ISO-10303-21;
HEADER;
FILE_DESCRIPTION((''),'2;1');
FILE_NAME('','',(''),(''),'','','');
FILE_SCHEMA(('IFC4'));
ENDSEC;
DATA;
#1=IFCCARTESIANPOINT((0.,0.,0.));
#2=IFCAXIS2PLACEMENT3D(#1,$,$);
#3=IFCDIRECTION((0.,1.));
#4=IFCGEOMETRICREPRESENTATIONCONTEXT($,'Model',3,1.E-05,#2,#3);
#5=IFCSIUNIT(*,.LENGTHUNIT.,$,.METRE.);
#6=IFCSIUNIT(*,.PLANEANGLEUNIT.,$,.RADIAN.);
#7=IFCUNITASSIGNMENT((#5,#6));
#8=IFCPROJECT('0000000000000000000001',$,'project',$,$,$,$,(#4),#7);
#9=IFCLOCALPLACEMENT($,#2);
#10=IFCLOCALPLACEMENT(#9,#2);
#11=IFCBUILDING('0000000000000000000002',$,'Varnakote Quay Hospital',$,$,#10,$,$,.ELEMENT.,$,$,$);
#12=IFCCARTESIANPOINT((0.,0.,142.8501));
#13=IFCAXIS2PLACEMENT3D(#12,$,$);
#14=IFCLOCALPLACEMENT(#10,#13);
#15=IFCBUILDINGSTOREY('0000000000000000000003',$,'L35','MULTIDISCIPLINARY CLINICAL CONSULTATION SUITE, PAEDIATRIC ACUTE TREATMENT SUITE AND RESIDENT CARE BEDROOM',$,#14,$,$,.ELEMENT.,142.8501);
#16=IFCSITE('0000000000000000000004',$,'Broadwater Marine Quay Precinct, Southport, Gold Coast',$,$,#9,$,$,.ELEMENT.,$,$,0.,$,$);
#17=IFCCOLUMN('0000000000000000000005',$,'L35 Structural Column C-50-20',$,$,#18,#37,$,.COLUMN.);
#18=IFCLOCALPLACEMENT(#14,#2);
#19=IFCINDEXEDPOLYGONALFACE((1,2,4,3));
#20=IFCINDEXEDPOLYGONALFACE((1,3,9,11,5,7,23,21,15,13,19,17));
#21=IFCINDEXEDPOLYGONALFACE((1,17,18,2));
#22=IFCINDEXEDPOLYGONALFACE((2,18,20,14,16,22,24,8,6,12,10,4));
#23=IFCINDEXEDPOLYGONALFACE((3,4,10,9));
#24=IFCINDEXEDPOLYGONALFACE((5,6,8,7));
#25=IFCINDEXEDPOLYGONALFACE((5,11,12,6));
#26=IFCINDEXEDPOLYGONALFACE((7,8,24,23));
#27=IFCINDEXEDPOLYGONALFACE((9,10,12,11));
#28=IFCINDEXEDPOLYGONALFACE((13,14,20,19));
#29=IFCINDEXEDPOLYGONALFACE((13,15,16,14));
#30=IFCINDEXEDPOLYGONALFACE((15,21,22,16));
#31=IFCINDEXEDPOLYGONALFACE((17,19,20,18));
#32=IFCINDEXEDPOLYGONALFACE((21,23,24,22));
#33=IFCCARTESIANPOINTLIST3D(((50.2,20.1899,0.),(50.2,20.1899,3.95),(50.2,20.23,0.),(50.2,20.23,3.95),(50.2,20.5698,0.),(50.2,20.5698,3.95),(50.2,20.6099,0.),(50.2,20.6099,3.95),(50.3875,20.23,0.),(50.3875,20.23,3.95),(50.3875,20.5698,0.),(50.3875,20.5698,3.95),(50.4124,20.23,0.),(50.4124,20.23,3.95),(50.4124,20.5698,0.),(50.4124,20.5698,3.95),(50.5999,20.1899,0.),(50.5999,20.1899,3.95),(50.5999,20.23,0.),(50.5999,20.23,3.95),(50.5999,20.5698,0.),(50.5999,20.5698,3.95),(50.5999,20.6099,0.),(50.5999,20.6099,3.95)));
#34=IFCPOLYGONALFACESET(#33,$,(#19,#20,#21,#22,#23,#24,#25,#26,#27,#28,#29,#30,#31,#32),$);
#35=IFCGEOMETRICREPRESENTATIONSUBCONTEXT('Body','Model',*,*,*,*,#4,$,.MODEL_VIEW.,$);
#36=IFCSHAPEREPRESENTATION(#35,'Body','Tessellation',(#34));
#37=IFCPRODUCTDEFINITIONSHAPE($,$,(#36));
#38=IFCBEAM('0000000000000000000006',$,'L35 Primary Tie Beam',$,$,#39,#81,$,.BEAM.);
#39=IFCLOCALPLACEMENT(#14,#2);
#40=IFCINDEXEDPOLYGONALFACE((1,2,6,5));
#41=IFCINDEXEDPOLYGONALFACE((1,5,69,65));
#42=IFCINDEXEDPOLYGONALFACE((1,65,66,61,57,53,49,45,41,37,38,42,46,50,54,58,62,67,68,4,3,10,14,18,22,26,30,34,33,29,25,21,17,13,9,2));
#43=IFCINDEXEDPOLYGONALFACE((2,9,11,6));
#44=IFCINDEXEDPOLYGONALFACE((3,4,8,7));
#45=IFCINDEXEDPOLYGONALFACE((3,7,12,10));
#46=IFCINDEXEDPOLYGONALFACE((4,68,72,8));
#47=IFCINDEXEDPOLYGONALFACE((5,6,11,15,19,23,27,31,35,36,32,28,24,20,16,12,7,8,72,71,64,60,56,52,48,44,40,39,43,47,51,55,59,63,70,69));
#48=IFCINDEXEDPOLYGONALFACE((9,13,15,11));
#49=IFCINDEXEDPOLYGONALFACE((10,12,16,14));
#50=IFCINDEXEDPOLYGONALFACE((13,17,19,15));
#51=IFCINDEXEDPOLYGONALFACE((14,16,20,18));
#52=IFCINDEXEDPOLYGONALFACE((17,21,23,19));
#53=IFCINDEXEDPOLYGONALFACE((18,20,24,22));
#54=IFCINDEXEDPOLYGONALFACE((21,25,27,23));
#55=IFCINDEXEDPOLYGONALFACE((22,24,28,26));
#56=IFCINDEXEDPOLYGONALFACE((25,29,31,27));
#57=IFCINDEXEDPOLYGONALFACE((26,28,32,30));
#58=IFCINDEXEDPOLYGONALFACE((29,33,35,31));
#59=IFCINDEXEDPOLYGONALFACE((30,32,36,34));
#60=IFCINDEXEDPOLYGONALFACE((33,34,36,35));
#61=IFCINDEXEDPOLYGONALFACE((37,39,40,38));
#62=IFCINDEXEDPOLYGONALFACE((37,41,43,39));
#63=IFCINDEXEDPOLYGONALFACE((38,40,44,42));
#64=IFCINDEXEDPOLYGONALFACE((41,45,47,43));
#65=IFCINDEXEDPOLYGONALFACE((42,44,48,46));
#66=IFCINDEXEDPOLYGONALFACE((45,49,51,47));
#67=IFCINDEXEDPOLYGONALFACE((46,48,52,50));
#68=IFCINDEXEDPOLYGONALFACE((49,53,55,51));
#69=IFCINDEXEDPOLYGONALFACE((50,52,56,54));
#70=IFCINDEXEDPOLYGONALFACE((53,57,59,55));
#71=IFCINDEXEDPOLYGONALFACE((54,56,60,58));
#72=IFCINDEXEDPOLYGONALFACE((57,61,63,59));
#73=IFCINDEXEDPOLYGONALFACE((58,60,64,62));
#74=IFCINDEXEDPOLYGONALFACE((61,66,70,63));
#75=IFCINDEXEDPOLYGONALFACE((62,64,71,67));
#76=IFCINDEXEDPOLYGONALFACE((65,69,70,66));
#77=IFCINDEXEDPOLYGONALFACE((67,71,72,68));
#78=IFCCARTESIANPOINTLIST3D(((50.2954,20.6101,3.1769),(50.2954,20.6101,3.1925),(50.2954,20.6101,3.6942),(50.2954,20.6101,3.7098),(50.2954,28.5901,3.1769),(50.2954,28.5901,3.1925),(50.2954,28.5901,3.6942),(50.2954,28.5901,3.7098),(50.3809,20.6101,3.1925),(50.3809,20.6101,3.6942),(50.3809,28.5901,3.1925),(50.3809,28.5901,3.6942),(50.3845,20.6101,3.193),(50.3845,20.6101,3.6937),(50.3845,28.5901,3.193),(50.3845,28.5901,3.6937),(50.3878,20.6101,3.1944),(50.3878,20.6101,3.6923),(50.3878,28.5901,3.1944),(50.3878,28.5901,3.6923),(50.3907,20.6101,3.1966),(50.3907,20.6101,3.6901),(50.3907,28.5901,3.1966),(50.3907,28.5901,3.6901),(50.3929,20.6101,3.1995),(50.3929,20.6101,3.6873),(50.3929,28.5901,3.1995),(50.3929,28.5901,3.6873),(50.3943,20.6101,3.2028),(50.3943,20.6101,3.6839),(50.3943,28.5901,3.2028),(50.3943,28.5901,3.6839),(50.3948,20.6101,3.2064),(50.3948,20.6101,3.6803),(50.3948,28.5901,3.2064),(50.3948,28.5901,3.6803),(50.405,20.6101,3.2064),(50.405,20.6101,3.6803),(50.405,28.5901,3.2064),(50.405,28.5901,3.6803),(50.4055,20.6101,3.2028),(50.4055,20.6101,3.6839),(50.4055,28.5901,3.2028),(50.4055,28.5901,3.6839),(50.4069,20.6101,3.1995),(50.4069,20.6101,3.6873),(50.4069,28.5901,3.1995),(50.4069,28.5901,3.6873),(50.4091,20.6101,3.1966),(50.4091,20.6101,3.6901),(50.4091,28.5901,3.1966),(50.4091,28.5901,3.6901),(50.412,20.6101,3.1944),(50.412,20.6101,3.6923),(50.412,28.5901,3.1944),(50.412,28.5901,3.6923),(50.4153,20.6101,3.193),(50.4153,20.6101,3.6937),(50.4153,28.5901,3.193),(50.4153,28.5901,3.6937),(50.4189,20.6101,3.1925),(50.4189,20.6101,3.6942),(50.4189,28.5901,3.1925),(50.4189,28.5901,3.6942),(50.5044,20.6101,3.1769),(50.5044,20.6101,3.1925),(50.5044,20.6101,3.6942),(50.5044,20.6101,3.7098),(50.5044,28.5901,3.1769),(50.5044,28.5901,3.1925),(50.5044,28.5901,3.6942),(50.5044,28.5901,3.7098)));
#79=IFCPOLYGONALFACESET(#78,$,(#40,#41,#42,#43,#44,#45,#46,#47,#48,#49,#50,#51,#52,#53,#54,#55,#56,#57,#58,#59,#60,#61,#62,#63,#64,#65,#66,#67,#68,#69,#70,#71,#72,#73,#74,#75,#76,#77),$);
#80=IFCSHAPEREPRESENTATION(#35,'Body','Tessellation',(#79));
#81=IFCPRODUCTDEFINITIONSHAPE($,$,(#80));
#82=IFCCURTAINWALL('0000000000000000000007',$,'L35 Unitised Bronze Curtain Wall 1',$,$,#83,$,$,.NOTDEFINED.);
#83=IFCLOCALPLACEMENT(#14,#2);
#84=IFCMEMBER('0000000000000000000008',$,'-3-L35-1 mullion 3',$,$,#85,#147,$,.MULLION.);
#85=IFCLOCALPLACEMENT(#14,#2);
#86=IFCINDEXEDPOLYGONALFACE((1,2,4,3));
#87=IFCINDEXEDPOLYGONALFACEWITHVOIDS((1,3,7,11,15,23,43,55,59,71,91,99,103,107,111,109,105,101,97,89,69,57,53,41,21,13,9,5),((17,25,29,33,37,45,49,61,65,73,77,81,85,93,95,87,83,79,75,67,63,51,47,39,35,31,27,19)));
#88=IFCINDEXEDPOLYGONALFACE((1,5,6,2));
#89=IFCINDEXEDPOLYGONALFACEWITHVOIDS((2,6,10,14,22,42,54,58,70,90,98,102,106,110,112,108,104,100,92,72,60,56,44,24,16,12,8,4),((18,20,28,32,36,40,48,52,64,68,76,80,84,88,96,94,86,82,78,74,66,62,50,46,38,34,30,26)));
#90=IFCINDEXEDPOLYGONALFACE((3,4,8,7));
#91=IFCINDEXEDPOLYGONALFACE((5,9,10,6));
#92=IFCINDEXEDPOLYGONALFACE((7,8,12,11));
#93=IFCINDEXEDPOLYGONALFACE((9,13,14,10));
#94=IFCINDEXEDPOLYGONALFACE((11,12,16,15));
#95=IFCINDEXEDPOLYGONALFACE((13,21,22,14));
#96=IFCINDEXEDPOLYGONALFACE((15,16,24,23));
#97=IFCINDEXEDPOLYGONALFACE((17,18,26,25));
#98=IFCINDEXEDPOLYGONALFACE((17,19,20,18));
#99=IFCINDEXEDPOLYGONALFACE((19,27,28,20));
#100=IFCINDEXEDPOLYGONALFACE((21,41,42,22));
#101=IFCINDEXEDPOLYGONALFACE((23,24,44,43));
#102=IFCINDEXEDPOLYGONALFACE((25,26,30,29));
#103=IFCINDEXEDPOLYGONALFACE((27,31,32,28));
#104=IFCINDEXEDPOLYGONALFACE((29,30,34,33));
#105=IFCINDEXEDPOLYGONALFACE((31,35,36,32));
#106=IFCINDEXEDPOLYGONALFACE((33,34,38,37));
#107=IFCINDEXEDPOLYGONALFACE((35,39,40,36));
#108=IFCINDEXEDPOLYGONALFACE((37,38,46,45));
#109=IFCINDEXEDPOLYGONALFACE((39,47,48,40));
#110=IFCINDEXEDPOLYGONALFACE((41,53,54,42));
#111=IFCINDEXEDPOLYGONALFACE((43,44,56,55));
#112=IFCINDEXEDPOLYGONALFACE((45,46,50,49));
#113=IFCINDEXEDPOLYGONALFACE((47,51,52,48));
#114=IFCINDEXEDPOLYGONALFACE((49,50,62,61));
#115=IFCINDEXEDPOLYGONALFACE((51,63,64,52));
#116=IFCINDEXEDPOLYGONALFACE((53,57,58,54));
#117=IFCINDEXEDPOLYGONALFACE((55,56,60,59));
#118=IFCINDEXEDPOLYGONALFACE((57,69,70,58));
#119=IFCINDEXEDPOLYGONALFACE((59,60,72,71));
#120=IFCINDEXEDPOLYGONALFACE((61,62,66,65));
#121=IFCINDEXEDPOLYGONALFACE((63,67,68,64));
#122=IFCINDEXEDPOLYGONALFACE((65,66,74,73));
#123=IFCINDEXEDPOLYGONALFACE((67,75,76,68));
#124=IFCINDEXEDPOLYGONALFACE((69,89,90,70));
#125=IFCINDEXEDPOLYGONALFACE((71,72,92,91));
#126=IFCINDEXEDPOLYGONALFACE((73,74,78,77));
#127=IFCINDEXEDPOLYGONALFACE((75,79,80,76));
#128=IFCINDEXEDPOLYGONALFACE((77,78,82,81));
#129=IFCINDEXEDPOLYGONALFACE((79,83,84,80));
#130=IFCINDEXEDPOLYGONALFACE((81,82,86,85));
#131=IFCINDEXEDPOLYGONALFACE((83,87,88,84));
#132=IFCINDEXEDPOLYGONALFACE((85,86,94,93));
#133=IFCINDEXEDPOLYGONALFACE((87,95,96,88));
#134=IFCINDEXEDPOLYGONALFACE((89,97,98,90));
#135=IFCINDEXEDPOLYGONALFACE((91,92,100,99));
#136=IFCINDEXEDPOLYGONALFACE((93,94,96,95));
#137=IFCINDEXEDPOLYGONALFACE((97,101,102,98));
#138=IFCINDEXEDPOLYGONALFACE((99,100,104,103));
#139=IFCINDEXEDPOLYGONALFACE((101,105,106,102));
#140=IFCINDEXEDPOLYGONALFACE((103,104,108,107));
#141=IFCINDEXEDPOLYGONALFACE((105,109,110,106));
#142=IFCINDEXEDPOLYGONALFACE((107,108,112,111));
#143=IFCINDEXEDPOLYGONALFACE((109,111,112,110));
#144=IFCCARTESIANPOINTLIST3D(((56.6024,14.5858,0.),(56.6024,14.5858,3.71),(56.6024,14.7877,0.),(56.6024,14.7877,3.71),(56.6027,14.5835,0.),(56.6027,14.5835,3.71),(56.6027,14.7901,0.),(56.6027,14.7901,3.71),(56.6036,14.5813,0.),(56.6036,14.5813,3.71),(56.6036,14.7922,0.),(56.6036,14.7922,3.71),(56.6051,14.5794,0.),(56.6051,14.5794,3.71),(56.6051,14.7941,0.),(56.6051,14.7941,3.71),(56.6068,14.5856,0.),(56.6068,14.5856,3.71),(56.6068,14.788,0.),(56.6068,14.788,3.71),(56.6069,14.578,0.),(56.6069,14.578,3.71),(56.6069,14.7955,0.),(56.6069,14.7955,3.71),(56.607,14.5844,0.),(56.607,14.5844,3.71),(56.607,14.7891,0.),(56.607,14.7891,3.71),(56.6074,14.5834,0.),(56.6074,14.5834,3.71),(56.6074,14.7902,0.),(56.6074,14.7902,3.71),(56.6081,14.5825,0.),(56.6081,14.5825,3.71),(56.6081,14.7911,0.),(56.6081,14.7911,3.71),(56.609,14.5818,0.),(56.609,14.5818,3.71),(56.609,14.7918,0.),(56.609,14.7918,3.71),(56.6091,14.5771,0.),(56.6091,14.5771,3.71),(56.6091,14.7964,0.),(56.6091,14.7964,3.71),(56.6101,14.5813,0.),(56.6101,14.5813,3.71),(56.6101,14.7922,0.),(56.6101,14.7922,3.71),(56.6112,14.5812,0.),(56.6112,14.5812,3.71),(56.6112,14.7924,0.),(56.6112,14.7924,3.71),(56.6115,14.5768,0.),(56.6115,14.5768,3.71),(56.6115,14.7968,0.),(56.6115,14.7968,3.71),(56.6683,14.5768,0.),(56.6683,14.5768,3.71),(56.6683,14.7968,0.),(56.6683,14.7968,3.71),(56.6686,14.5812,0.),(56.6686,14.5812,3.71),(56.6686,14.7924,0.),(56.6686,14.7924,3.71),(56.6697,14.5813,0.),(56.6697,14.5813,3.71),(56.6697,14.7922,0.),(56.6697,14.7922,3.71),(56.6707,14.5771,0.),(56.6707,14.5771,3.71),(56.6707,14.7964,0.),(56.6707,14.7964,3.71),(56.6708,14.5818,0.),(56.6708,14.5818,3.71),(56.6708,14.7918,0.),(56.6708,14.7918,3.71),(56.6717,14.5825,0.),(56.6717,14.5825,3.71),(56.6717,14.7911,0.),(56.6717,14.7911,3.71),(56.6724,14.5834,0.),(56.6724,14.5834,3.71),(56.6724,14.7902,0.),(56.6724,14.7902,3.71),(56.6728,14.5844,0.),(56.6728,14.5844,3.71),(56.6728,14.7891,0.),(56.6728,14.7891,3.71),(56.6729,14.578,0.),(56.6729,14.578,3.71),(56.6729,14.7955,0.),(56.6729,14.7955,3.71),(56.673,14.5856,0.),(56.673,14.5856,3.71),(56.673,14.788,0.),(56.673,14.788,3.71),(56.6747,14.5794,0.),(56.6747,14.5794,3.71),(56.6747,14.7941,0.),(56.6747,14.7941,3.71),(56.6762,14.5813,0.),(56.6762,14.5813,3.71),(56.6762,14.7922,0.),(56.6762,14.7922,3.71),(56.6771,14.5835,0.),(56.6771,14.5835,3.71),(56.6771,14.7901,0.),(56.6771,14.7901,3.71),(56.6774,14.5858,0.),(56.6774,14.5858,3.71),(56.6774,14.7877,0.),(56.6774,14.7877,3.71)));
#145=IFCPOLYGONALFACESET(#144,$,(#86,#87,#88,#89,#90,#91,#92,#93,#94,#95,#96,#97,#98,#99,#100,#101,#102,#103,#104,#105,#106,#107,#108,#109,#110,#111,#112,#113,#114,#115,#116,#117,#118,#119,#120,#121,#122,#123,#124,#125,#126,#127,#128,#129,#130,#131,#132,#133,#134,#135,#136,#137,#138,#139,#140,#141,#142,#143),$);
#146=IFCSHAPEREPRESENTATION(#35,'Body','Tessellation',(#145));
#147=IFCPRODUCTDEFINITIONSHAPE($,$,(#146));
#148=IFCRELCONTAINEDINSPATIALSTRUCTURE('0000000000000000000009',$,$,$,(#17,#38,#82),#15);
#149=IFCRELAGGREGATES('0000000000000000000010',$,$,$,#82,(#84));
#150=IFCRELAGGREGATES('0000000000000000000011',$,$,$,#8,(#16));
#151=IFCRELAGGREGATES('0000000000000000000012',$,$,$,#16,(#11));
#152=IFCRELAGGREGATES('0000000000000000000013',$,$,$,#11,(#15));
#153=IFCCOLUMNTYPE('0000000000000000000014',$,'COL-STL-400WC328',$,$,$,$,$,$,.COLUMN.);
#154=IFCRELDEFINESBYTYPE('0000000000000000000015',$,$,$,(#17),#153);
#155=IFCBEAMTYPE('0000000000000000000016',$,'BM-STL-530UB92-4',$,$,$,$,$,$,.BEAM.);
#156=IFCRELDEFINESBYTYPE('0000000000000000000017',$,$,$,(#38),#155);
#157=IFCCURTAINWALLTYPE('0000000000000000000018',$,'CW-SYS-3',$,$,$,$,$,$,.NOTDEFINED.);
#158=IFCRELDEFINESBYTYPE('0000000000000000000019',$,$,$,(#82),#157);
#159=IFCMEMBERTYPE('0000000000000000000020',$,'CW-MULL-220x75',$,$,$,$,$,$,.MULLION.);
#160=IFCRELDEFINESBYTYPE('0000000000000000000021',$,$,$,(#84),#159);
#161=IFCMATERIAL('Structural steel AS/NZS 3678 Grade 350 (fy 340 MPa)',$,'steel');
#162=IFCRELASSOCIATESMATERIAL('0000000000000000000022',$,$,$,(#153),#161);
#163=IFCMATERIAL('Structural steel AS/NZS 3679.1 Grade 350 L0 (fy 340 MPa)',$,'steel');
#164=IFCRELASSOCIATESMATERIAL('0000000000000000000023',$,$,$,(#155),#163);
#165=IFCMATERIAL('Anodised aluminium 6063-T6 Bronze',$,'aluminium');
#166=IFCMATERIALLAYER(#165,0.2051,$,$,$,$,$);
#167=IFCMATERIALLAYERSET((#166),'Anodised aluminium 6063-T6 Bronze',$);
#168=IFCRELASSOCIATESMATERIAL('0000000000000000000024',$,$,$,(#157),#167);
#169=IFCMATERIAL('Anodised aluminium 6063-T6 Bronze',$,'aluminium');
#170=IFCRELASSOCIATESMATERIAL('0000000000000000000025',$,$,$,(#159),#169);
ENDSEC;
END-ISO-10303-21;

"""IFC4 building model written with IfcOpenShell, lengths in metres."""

from ifc_helpers import new_model, si_unit, direction, frame, origin, origin_2d, place, context, subcontext, project, spatial, hollow_rectangle, i_section, extrude, material, layer, layer_set, material_profile, profile_set, type_object, element, aggregate, save


model = new_model("IFC4")

# Units and contexts
model_context = context("Model", 3, precision=1e-05, world=origin(), true_north=direction((0.0, 1.0)))
body_context = subcontext(model_context, "Body", "Model", "MODEL_VIEW")
ifc_project = project(units=[si_unit("LENGTHUNIT", "METRE"), si_unit("PLANEANGLEUNIT", "RADIAN")], contexts=[model_context])

# Site, building, storey
site_placement = place(None, origin())
site = spatial("IfcSite", under=ifc_project, at=site_placement, Name="Broadwater Marine Quay Precinct, Southport, Gold Coast", CompositionType="ELEMENT", RefElevation=0.0)
building_placement = place(site_placement, origin())
building = spatial("IfcBuilding", under=site, at=building_placement, Name="Varnakote Quay Hospital", CompositionType="ELEMENT")
storey_placement = place(building_placement, frame((0.0, 0.0, 142.8501)))
storey = spatial("IfcBuildingStorey", under=building, at=storey_placement, Name="L35", Description="MULTIDISCIPLINARY CLINICAL CONSULTATION SUITE, PAEDIATRIC ACUTE TREATMENT SUITE AND RESIDENT CARE BEDROOM", CompositionType="ELEMENT", Elevation=142.8501)

# Column
ifc_material_1 = material(Name="Structural steel AS/NZS 3678 Grade 350 (fy 340 MPa)", Category="steel")
ifc_material_profile_1 = material_profile(ifc_material_1, i_section(OverallWidth=0.3999, OverallDepth=0.4199, WebThickness=0.0249, FlangeThickness=0.04, at=origin_2d()), Name="400WC328")
ifc_profile_set_1 = profile_set([ifc_material_profile_1], Name="Structural steel AS/NZS 3678 Grade 350 (fy 340 MPa)")
column_type = type_object("IfcColumnType", Name="COL-STL-400WC328", PredefinedType="COLUMN", material=ifc_profile_set_1)
column_placement = place(storey_placement, frame((50.3999, 20.3999, 0.0), z_axis=(0.0, 0.0, 1.0), x_axis=(1.0, 0.0, 0.0)))
element("IfcColumn", 1, at=column_placement, inside=storey, type_object=column_type, Name="L35 Structural Column C-50-20", PredefinedType="COLUMN", context=body_context, shape_type="SweptSolid", body=[
    extrude(i_section(OverallWidth=0.3999, OverallDepth=0.4199, WebThickness=0.0249, FlangeThickness=0.04, at=origin_2d()), origin(), (0.0, 0.0, 1.0), 3.95),
])

# Beam
ifc_material_2 = material(Name="Structural steel AS/NZS 3679.1 Grade 350 L0 (fy 340 MPa)", Category="steel")
ifc_material_profile_2 = material_profile(ifc_material_2, i_section(OverallWidth=0.209, OverallDepth=0.533, WebThickness=0.0103, FlangeThickness=0.0156, FilletRadius=0.0139, at=origin_2d()), Name="530UB92.4")
ifc_profile_set_2 = profile_set([ifc_material_profile_2], Name="Structural steel AS/NZS 3679.1 Grade 350 L0 (fy 340 MPa)")
beam_type = type_object("IfcBeamType", Name="BM-STL-530UB92-4", PredefinedType="BEAM", material=ifc_profile_set_2)
beam_placement = place(storey_placement, frame((50.3999, 20.6101, 3.4434), z_axis=(0.0, 1.0, 0.0), x_axis=(-1.0, 0.0, 0.0)))
element("IfcBeam", 2, at=beam_placement, inside=storey, type_object=beam_type, Name="L35 Primary Tie Beam", PredefinedType="BEAM", context=body_context, shape_type="SweptSolid", body=[
    extrude(i_section(OverallWidth=0.209, OverallDepth=0.533, WebThickness=0.0103, FlangeThickness=0.0156, FilletRadius=0.0139, at=origin_2d()), origin(), (0.0, 0.0, 1.0), 7.98),
])

# Curtain wall, member
ifc_material_3 = material(Name="Anodised aluminium 6063-T6 Bronze", Category="aluminium")
ifc_layer_1 = layer(ifc_material_3, 0.2051)
ifc_layer_set_1 = layer_set([ifc_layer_1], Name="Anodised aluminium 6063-T6 Bronze")
curtain_wall_type = type_object("IfcCurtainWallType", Name="CW-SYS-3", PredefinedType="NOTDEFINED", material=ifc_layer_set_1)
curtain_wall_placement = place(storey_placement, origin())
curtain_wall = element("IfcCurtainWall", 3, at=curtain_wall_placement, inside=storey, type_object=curtain_wall_type, Name="L35 Unitised Bronze Curtain Wall 1", PredefinedType="NOTDEFINED")
ifc_material_4 = material(Name="Anodised aluminium 6063-T6 Bronze", Category="aluminium")
ifc_material_profile_3 = material_profile(ifc_material_4, hollow_rectangle(XDim=0.075, YDim=0.22, WallThickness=0.0044, InnerFilletRadius=0.0044, OuterFilletRadius=0.009, at=origin_2d()), Name="CW-MULL-220x75")
ifc_profile_set_3 = profile_set([ifc_material_profile_3], Name="Anodised aluminium 6063-T6 Bronze")
member_type_1 = type_object("IfcMemberType", Name="CW-MULL-220x75", PredefinedType="MULLION", material=ifc_profile_set_3)
member_1_placement = place(storey_placement, frame((56.6399, 14.6868, 0.0), z_axis=(0.0, 0.0, 1.0), x_axis=(-1.0, 0.0, 0.0)))
member_1 = element("IfcMember", 4, at=member_1_placement, type_object=member_type_1, Name="-3-L35-1 mullion 3", PredefinedType="MULLION", context=body_context, shape_type="SweptSolid", body=[
    extrude(hollow_rectangle(XDim=0.075, YDim=0.22, WallThickness=0.0044, InnerFilletRadius=0.0044, OuterFilletRadius=0.009, at=origin_2d()), origin(), (0.0, 0.0, 1.0), 3.71),
])
aggregate(curtain_wall, [member_1])

save(model, "model.ifc")
